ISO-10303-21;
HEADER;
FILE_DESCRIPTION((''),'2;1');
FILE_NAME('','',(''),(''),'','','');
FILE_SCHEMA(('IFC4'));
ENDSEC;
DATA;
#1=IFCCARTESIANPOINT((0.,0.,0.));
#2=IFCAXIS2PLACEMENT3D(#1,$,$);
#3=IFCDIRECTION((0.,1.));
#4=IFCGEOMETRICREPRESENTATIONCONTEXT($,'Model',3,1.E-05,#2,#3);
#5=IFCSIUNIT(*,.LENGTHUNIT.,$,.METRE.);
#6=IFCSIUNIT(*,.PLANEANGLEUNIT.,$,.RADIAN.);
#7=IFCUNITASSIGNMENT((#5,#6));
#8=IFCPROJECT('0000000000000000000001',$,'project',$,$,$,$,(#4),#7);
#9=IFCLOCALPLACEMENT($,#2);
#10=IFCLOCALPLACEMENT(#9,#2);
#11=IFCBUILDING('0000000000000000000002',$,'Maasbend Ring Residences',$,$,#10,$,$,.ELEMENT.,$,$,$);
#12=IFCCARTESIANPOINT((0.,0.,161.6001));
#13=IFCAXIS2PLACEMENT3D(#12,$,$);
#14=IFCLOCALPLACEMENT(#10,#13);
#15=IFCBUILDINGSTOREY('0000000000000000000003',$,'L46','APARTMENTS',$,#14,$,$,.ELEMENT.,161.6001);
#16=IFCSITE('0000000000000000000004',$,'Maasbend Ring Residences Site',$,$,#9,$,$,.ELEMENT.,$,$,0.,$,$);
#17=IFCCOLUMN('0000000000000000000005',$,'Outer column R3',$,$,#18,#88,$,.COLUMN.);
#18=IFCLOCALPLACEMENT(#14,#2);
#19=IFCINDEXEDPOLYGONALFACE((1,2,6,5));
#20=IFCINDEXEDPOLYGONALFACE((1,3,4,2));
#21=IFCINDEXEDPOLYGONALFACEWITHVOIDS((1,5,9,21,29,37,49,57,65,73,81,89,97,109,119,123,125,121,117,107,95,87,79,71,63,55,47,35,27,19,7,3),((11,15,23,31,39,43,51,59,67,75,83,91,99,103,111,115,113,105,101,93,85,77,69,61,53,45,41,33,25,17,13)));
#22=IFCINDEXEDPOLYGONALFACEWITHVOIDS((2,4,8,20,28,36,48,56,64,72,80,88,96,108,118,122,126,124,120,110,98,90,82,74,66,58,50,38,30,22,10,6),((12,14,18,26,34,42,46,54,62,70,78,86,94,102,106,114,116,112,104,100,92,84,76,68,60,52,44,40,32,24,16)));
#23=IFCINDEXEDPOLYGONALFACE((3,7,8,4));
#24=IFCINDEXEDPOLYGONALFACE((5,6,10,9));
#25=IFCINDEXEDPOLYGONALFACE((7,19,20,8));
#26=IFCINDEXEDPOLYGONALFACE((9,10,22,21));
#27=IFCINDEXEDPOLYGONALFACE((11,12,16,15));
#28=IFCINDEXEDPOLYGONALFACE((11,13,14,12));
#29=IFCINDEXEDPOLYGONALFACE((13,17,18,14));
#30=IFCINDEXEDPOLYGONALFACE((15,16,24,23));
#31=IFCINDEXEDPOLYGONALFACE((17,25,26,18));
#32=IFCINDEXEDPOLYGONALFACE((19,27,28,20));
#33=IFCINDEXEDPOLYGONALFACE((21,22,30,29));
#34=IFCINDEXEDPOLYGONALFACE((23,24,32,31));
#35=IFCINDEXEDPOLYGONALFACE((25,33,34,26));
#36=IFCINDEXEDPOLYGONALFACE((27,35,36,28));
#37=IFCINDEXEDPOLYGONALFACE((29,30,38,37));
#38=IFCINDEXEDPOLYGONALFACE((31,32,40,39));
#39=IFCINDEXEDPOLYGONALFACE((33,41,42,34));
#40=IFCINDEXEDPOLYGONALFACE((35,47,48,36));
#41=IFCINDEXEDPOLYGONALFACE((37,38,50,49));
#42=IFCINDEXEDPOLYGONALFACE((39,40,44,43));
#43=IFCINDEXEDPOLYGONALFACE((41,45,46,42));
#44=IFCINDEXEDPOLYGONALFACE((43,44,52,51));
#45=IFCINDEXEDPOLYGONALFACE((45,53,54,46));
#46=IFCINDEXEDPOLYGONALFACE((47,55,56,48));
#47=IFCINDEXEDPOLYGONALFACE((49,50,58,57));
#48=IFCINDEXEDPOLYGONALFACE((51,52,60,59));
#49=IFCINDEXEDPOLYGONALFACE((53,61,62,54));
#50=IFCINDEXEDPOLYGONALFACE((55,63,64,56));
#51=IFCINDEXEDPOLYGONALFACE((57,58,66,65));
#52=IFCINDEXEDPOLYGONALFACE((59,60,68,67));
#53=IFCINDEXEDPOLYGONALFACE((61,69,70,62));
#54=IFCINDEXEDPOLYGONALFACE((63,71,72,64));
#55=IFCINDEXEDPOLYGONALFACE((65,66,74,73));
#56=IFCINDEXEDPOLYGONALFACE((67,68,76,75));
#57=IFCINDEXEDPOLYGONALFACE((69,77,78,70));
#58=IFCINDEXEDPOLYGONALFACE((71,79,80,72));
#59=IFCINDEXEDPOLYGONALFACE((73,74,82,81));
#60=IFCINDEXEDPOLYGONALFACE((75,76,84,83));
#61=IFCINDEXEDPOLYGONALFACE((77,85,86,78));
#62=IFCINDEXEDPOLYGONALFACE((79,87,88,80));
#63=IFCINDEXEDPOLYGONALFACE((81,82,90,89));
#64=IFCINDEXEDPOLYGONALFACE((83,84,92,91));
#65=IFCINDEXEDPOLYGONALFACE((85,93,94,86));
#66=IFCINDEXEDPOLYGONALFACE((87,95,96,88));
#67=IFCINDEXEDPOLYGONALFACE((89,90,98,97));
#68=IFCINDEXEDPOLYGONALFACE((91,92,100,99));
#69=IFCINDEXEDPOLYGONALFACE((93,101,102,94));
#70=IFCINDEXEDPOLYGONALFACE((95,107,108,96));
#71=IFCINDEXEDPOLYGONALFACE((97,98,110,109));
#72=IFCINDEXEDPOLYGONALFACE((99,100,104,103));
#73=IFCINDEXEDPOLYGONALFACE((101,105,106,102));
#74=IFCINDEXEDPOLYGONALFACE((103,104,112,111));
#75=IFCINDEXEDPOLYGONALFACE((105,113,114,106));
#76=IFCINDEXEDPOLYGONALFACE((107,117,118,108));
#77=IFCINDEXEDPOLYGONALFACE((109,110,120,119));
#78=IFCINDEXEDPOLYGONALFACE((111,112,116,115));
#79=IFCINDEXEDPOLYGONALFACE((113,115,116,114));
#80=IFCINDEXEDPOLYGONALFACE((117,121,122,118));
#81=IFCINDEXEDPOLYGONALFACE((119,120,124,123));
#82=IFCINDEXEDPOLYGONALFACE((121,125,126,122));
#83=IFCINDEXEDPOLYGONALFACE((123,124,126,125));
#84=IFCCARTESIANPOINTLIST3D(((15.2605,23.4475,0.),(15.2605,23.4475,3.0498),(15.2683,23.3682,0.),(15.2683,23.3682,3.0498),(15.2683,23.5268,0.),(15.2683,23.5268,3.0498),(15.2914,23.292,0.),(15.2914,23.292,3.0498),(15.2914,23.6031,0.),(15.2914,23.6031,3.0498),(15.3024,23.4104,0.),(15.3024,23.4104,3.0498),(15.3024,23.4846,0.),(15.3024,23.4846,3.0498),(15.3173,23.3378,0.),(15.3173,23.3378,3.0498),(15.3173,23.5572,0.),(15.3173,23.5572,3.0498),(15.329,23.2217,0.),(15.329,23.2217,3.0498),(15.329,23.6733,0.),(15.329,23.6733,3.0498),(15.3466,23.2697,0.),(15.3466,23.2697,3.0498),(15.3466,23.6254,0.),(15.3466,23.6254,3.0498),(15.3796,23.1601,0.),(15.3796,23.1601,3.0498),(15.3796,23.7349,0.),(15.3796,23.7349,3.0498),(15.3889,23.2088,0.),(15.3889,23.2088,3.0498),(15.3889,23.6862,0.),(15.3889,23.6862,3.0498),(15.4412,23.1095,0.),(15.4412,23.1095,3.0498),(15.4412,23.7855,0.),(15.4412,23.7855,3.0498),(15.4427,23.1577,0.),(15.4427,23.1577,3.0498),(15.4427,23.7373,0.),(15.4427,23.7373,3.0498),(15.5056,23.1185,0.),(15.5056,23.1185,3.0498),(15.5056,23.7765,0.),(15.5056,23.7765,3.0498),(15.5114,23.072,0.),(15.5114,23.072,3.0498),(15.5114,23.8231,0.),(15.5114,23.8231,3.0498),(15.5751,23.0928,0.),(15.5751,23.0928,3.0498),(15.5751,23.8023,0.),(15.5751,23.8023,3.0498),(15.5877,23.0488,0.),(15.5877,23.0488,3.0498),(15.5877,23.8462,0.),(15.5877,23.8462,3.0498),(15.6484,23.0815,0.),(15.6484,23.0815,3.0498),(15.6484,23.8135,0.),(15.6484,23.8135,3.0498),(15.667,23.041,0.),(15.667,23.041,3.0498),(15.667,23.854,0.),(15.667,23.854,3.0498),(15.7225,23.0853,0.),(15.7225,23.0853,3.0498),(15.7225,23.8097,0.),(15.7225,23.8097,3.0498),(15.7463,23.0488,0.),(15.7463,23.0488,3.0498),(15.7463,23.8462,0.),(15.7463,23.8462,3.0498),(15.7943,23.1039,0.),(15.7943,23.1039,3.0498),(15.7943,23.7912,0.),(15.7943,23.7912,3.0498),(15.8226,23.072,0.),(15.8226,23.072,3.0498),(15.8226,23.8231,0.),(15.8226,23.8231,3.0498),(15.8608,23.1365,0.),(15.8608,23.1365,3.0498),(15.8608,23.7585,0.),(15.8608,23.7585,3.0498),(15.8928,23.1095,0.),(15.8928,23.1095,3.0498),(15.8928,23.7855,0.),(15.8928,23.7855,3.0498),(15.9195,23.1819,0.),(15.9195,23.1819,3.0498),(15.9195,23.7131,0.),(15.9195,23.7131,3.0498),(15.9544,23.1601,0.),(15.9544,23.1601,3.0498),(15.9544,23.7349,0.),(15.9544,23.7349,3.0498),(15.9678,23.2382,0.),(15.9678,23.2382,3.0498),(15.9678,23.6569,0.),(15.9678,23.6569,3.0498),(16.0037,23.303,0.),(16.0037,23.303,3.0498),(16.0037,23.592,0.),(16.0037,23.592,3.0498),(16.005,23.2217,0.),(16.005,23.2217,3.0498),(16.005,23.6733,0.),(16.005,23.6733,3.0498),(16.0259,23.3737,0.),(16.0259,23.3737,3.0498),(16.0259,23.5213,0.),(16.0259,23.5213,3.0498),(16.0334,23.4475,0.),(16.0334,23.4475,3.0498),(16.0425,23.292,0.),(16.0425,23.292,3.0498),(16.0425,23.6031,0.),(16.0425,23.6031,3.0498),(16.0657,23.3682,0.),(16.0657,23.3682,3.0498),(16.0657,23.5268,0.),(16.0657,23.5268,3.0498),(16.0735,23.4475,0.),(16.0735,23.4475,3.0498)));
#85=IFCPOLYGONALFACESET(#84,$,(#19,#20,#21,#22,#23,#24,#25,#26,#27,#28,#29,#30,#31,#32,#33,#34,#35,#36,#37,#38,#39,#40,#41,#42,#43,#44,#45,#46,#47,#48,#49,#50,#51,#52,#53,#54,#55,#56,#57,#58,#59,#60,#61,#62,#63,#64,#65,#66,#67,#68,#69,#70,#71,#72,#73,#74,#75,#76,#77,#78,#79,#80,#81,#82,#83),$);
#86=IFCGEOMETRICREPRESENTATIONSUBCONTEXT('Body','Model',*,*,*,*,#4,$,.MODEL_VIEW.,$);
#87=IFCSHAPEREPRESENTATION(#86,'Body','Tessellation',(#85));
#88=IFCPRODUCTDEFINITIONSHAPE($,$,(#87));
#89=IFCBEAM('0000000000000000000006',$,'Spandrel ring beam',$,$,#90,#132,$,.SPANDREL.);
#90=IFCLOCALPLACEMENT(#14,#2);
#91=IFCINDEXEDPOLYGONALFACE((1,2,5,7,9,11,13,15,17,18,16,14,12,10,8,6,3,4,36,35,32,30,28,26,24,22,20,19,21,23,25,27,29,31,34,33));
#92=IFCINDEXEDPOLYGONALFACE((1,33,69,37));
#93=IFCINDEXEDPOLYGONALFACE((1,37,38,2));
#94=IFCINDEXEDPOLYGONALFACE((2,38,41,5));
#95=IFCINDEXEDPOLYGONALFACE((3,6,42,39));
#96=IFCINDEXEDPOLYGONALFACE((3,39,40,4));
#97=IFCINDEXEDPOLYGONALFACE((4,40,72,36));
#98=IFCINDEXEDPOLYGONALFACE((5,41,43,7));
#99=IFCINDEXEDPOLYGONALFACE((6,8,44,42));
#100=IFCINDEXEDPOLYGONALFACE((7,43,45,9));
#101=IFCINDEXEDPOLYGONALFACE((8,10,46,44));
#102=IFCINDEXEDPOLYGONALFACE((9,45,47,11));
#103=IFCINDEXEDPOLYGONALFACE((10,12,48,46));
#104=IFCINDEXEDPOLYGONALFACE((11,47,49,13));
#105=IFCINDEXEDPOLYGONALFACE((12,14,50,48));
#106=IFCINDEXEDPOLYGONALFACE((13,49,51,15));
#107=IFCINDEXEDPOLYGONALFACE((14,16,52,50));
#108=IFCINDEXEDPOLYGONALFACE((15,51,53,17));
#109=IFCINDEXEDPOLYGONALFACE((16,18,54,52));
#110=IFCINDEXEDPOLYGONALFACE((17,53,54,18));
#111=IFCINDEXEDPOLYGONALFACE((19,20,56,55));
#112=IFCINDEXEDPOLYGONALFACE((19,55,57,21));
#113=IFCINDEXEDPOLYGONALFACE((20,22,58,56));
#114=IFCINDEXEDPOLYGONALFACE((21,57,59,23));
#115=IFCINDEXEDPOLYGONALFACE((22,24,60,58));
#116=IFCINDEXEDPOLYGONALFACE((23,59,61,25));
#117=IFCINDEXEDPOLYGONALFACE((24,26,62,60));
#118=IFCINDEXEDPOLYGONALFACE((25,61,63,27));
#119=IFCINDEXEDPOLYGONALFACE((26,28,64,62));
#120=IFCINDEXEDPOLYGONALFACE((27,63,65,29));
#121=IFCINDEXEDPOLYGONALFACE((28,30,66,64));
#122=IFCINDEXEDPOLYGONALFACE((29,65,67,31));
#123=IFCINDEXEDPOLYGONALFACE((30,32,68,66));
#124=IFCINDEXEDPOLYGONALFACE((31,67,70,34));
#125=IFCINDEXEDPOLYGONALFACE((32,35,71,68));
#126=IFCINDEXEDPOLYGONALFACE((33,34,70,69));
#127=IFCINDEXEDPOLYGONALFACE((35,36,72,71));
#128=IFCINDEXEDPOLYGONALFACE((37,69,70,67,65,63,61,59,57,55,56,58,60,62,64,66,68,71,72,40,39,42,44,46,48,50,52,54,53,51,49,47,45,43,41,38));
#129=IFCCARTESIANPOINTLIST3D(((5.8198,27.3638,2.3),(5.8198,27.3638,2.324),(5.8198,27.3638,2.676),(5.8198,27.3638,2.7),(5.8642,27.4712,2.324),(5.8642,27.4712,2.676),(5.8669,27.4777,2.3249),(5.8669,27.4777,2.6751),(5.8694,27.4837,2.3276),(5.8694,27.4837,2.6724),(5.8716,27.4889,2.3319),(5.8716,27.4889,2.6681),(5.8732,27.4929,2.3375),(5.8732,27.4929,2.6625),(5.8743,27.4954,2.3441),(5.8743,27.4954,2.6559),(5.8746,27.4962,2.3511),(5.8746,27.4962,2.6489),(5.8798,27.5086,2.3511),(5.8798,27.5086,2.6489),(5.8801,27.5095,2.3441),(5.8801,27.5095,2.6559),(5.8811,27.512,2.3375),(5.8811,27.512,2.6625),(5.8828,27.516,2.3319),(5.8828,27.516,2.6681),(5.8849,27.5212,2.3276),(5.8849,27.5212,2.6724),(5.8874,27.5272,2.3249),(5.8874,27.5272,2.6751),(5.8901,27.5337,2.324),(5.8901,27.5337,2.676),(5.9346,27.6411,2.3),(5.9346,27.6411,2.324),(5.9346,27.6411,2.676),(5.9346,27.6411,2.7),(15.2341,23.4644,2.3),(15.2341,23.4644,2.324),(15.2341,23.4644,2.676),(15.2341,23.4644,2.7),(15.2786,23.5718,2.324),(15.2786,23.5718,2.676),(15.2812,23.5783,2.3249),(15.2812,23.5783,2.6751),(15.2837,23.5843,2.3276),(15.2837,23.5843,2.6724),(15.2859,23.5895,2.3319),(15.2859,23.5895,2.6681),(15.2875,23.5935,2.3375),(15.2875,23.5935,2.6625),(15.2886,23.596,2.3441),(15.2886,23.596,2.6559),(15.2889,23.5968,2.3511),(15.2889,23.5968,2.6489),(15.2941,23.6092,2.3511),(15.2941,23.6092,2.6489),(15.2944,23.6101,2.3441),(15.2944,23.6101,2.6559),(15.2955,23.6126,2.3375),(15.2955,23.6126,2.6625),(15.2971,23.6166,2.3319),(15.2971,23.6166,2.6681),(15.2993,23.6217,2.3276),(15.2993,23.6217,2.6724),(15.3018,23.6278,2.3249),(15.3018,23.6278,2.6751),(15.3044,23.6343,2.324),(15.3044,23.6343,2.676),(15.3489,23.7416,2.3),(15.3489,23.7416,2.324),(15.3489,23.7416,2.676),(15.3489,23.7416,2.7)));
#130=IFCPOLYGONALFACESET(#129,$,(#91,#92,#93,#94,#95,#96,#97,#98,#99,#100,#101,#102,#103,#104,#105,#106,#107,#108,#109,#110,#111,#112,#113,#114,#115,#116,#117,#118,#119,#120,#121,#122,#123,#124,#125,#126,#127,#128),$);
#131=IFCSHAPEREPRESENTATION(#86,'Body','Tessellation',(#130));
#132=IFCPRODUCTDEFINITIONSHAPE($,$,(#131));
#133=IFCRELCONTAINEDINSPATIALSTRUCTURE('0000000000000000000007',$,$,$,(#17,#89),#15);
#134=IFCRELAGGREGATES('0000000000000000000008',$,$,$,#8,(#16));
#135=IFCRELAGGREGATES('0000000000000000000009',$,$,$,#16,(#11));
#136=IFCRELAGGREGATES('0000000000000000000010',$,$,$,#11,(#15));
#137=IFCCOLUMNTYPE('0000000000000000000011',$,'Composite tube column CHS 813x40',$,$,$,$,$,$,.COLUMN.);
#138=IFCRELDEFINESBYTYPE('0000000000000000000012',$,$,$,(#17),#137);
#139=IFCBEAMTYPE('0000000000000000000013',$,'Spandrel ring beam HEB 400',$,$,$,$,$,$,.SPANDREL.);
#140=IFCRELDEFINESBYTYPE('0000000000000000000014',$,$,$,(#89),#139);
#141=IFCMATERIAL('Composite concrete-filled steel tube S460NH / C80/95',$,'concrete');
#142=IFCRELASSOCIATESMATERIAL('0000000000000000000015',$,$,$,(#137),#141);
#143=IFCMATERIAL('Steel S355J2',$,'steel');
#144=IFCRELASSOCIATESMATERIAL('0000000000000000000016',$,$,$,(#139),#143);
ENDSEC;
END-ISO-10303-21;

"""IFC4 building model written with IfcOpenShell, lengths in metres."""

from ifc_helpers import new_model, si_unit, direction, frame, origin, origin_2d, place, context, subcontext, project, spatial, hollow_circle, i_section, extrude, material, material_profile, profile_set, type_object, element, save


model = new_model("IFC4")

# Units and contexts
model_context = context("Model", 3, precision=1e-05, world=origin(), true_north=direction((0.0, 1.0)))
body_context = subcontext(model_context, "Body", "Model", "MODEL_VIEW")
ifc_project = project(units=[si_unit("LENGTHUNIT", "METRE"), si_unit("PLANEANGLEUNIT", "RADIAN")], contexts=[model_context])

# Site, building, storey
site_placement = place(None, origin())
site = spatial("IfcSite", under=ifc_project, at=site_placement, Name="Maasbend Ring Residences Site", CompositionType="ELEMENT", RefElevation=0.0)
building_placement = place(site_placement, origin())
building = spatial("IfcBuilding", under=site, at=building_placement, Name="Maasbend Ring Residences", CompositionType="ELEMENT")
storey_placement = place(building_placement, frame((0.0, 0.0, 161.6001)))
storey = spatial("IfcBuildingStorey", under=building, at=storey_placement, Name="L46", Description="APARTMENTS", CompositionType="ELEMENT", Elevation=161.6001)

# Column
ifc_material_1 = material(Name="Composite concrete-filled steel tube S460NH / C80/95", Category="concrete")
ifc_material_profile_1 = material_profile(ifc_material_1, hollow_circle(Radius=0.4065, WallThickness=0.04, at=origin_2d()), Name="Composite tube column CHS 813x40")
ifc_profile_set_1 = profile_set([ifc_material_profile_1], Name="Composite concrete-filled steel tube S460NH / C80/95")
column_type = type_object("IfcColumnType", Name="Composite tube column CHS 813x40", PredefinedType="COLUMN", material=ifc_profile_set_1)
column_placement = place(storey_placement, frame((15.667, 23.4475, 0.0), z_axis=(0.0, 0.0, 1.0), x_axis=(1.0, 0.0, 0.0)))
element("IfcColumn", 1, at=column_placement, inside=storey, type_object=column_type, Name="Outer column R3", PredefinedType="COLUMN", context=body_context, shape_type="SweptSolid", body=[
    extrude(hollow_circle(Radius=0.4065, WallThickness=0.04, at=origin_2d()), origin(), (0.0, 0.0, 1.0), 3.0498),
])

# Beam
ifc_material_2 = material(Name="Steel S355J2", Category="steel")
ifc_material_profile_2 = material_profile(ifc_material_2, i_section(OverallWidth=0.3, OverallDepth=0.3999, WebThickness=0.0134, FlangeThickness=0.0239, FilletRadius=0.0271, at=origin_2d()), Name="HEB 400")
ifc_profile_set_2 = profile_set([ifc_material_profile_2], Name="Steel S355J2")
beam_type = type_object("IfcBeamType", Name="Spandrel ring beam HEB 400", PredefinedType="SPANDREL", material=ifc_profile_set_2)
beam_placement = place(storey_placement, frame((15.2915, 23.603, 2.5), z_axis=(-0.923884, 0.382673, 0.0), x_axis=(-0.382673, -0.923884, 0.0)))
element("IfcBeam", 2, at=beam_placement, inside=storey, type_object=beam_type, Name="Spandrel ring beam", PredefinedType="SPANDREL", context=body_context, shape_type="SweptSolid", body=[
    extrude(i_section(OverallWidth=0.3, OverallDepth=0.3999, WebThickness=0.0134, FlangeThickness=0.0239, FilletRadius=0.0271, at=origin_2d()), origin(), (0.0, 0.0, 1.0), 10.1899),
])

save(model, "model.ifc")
